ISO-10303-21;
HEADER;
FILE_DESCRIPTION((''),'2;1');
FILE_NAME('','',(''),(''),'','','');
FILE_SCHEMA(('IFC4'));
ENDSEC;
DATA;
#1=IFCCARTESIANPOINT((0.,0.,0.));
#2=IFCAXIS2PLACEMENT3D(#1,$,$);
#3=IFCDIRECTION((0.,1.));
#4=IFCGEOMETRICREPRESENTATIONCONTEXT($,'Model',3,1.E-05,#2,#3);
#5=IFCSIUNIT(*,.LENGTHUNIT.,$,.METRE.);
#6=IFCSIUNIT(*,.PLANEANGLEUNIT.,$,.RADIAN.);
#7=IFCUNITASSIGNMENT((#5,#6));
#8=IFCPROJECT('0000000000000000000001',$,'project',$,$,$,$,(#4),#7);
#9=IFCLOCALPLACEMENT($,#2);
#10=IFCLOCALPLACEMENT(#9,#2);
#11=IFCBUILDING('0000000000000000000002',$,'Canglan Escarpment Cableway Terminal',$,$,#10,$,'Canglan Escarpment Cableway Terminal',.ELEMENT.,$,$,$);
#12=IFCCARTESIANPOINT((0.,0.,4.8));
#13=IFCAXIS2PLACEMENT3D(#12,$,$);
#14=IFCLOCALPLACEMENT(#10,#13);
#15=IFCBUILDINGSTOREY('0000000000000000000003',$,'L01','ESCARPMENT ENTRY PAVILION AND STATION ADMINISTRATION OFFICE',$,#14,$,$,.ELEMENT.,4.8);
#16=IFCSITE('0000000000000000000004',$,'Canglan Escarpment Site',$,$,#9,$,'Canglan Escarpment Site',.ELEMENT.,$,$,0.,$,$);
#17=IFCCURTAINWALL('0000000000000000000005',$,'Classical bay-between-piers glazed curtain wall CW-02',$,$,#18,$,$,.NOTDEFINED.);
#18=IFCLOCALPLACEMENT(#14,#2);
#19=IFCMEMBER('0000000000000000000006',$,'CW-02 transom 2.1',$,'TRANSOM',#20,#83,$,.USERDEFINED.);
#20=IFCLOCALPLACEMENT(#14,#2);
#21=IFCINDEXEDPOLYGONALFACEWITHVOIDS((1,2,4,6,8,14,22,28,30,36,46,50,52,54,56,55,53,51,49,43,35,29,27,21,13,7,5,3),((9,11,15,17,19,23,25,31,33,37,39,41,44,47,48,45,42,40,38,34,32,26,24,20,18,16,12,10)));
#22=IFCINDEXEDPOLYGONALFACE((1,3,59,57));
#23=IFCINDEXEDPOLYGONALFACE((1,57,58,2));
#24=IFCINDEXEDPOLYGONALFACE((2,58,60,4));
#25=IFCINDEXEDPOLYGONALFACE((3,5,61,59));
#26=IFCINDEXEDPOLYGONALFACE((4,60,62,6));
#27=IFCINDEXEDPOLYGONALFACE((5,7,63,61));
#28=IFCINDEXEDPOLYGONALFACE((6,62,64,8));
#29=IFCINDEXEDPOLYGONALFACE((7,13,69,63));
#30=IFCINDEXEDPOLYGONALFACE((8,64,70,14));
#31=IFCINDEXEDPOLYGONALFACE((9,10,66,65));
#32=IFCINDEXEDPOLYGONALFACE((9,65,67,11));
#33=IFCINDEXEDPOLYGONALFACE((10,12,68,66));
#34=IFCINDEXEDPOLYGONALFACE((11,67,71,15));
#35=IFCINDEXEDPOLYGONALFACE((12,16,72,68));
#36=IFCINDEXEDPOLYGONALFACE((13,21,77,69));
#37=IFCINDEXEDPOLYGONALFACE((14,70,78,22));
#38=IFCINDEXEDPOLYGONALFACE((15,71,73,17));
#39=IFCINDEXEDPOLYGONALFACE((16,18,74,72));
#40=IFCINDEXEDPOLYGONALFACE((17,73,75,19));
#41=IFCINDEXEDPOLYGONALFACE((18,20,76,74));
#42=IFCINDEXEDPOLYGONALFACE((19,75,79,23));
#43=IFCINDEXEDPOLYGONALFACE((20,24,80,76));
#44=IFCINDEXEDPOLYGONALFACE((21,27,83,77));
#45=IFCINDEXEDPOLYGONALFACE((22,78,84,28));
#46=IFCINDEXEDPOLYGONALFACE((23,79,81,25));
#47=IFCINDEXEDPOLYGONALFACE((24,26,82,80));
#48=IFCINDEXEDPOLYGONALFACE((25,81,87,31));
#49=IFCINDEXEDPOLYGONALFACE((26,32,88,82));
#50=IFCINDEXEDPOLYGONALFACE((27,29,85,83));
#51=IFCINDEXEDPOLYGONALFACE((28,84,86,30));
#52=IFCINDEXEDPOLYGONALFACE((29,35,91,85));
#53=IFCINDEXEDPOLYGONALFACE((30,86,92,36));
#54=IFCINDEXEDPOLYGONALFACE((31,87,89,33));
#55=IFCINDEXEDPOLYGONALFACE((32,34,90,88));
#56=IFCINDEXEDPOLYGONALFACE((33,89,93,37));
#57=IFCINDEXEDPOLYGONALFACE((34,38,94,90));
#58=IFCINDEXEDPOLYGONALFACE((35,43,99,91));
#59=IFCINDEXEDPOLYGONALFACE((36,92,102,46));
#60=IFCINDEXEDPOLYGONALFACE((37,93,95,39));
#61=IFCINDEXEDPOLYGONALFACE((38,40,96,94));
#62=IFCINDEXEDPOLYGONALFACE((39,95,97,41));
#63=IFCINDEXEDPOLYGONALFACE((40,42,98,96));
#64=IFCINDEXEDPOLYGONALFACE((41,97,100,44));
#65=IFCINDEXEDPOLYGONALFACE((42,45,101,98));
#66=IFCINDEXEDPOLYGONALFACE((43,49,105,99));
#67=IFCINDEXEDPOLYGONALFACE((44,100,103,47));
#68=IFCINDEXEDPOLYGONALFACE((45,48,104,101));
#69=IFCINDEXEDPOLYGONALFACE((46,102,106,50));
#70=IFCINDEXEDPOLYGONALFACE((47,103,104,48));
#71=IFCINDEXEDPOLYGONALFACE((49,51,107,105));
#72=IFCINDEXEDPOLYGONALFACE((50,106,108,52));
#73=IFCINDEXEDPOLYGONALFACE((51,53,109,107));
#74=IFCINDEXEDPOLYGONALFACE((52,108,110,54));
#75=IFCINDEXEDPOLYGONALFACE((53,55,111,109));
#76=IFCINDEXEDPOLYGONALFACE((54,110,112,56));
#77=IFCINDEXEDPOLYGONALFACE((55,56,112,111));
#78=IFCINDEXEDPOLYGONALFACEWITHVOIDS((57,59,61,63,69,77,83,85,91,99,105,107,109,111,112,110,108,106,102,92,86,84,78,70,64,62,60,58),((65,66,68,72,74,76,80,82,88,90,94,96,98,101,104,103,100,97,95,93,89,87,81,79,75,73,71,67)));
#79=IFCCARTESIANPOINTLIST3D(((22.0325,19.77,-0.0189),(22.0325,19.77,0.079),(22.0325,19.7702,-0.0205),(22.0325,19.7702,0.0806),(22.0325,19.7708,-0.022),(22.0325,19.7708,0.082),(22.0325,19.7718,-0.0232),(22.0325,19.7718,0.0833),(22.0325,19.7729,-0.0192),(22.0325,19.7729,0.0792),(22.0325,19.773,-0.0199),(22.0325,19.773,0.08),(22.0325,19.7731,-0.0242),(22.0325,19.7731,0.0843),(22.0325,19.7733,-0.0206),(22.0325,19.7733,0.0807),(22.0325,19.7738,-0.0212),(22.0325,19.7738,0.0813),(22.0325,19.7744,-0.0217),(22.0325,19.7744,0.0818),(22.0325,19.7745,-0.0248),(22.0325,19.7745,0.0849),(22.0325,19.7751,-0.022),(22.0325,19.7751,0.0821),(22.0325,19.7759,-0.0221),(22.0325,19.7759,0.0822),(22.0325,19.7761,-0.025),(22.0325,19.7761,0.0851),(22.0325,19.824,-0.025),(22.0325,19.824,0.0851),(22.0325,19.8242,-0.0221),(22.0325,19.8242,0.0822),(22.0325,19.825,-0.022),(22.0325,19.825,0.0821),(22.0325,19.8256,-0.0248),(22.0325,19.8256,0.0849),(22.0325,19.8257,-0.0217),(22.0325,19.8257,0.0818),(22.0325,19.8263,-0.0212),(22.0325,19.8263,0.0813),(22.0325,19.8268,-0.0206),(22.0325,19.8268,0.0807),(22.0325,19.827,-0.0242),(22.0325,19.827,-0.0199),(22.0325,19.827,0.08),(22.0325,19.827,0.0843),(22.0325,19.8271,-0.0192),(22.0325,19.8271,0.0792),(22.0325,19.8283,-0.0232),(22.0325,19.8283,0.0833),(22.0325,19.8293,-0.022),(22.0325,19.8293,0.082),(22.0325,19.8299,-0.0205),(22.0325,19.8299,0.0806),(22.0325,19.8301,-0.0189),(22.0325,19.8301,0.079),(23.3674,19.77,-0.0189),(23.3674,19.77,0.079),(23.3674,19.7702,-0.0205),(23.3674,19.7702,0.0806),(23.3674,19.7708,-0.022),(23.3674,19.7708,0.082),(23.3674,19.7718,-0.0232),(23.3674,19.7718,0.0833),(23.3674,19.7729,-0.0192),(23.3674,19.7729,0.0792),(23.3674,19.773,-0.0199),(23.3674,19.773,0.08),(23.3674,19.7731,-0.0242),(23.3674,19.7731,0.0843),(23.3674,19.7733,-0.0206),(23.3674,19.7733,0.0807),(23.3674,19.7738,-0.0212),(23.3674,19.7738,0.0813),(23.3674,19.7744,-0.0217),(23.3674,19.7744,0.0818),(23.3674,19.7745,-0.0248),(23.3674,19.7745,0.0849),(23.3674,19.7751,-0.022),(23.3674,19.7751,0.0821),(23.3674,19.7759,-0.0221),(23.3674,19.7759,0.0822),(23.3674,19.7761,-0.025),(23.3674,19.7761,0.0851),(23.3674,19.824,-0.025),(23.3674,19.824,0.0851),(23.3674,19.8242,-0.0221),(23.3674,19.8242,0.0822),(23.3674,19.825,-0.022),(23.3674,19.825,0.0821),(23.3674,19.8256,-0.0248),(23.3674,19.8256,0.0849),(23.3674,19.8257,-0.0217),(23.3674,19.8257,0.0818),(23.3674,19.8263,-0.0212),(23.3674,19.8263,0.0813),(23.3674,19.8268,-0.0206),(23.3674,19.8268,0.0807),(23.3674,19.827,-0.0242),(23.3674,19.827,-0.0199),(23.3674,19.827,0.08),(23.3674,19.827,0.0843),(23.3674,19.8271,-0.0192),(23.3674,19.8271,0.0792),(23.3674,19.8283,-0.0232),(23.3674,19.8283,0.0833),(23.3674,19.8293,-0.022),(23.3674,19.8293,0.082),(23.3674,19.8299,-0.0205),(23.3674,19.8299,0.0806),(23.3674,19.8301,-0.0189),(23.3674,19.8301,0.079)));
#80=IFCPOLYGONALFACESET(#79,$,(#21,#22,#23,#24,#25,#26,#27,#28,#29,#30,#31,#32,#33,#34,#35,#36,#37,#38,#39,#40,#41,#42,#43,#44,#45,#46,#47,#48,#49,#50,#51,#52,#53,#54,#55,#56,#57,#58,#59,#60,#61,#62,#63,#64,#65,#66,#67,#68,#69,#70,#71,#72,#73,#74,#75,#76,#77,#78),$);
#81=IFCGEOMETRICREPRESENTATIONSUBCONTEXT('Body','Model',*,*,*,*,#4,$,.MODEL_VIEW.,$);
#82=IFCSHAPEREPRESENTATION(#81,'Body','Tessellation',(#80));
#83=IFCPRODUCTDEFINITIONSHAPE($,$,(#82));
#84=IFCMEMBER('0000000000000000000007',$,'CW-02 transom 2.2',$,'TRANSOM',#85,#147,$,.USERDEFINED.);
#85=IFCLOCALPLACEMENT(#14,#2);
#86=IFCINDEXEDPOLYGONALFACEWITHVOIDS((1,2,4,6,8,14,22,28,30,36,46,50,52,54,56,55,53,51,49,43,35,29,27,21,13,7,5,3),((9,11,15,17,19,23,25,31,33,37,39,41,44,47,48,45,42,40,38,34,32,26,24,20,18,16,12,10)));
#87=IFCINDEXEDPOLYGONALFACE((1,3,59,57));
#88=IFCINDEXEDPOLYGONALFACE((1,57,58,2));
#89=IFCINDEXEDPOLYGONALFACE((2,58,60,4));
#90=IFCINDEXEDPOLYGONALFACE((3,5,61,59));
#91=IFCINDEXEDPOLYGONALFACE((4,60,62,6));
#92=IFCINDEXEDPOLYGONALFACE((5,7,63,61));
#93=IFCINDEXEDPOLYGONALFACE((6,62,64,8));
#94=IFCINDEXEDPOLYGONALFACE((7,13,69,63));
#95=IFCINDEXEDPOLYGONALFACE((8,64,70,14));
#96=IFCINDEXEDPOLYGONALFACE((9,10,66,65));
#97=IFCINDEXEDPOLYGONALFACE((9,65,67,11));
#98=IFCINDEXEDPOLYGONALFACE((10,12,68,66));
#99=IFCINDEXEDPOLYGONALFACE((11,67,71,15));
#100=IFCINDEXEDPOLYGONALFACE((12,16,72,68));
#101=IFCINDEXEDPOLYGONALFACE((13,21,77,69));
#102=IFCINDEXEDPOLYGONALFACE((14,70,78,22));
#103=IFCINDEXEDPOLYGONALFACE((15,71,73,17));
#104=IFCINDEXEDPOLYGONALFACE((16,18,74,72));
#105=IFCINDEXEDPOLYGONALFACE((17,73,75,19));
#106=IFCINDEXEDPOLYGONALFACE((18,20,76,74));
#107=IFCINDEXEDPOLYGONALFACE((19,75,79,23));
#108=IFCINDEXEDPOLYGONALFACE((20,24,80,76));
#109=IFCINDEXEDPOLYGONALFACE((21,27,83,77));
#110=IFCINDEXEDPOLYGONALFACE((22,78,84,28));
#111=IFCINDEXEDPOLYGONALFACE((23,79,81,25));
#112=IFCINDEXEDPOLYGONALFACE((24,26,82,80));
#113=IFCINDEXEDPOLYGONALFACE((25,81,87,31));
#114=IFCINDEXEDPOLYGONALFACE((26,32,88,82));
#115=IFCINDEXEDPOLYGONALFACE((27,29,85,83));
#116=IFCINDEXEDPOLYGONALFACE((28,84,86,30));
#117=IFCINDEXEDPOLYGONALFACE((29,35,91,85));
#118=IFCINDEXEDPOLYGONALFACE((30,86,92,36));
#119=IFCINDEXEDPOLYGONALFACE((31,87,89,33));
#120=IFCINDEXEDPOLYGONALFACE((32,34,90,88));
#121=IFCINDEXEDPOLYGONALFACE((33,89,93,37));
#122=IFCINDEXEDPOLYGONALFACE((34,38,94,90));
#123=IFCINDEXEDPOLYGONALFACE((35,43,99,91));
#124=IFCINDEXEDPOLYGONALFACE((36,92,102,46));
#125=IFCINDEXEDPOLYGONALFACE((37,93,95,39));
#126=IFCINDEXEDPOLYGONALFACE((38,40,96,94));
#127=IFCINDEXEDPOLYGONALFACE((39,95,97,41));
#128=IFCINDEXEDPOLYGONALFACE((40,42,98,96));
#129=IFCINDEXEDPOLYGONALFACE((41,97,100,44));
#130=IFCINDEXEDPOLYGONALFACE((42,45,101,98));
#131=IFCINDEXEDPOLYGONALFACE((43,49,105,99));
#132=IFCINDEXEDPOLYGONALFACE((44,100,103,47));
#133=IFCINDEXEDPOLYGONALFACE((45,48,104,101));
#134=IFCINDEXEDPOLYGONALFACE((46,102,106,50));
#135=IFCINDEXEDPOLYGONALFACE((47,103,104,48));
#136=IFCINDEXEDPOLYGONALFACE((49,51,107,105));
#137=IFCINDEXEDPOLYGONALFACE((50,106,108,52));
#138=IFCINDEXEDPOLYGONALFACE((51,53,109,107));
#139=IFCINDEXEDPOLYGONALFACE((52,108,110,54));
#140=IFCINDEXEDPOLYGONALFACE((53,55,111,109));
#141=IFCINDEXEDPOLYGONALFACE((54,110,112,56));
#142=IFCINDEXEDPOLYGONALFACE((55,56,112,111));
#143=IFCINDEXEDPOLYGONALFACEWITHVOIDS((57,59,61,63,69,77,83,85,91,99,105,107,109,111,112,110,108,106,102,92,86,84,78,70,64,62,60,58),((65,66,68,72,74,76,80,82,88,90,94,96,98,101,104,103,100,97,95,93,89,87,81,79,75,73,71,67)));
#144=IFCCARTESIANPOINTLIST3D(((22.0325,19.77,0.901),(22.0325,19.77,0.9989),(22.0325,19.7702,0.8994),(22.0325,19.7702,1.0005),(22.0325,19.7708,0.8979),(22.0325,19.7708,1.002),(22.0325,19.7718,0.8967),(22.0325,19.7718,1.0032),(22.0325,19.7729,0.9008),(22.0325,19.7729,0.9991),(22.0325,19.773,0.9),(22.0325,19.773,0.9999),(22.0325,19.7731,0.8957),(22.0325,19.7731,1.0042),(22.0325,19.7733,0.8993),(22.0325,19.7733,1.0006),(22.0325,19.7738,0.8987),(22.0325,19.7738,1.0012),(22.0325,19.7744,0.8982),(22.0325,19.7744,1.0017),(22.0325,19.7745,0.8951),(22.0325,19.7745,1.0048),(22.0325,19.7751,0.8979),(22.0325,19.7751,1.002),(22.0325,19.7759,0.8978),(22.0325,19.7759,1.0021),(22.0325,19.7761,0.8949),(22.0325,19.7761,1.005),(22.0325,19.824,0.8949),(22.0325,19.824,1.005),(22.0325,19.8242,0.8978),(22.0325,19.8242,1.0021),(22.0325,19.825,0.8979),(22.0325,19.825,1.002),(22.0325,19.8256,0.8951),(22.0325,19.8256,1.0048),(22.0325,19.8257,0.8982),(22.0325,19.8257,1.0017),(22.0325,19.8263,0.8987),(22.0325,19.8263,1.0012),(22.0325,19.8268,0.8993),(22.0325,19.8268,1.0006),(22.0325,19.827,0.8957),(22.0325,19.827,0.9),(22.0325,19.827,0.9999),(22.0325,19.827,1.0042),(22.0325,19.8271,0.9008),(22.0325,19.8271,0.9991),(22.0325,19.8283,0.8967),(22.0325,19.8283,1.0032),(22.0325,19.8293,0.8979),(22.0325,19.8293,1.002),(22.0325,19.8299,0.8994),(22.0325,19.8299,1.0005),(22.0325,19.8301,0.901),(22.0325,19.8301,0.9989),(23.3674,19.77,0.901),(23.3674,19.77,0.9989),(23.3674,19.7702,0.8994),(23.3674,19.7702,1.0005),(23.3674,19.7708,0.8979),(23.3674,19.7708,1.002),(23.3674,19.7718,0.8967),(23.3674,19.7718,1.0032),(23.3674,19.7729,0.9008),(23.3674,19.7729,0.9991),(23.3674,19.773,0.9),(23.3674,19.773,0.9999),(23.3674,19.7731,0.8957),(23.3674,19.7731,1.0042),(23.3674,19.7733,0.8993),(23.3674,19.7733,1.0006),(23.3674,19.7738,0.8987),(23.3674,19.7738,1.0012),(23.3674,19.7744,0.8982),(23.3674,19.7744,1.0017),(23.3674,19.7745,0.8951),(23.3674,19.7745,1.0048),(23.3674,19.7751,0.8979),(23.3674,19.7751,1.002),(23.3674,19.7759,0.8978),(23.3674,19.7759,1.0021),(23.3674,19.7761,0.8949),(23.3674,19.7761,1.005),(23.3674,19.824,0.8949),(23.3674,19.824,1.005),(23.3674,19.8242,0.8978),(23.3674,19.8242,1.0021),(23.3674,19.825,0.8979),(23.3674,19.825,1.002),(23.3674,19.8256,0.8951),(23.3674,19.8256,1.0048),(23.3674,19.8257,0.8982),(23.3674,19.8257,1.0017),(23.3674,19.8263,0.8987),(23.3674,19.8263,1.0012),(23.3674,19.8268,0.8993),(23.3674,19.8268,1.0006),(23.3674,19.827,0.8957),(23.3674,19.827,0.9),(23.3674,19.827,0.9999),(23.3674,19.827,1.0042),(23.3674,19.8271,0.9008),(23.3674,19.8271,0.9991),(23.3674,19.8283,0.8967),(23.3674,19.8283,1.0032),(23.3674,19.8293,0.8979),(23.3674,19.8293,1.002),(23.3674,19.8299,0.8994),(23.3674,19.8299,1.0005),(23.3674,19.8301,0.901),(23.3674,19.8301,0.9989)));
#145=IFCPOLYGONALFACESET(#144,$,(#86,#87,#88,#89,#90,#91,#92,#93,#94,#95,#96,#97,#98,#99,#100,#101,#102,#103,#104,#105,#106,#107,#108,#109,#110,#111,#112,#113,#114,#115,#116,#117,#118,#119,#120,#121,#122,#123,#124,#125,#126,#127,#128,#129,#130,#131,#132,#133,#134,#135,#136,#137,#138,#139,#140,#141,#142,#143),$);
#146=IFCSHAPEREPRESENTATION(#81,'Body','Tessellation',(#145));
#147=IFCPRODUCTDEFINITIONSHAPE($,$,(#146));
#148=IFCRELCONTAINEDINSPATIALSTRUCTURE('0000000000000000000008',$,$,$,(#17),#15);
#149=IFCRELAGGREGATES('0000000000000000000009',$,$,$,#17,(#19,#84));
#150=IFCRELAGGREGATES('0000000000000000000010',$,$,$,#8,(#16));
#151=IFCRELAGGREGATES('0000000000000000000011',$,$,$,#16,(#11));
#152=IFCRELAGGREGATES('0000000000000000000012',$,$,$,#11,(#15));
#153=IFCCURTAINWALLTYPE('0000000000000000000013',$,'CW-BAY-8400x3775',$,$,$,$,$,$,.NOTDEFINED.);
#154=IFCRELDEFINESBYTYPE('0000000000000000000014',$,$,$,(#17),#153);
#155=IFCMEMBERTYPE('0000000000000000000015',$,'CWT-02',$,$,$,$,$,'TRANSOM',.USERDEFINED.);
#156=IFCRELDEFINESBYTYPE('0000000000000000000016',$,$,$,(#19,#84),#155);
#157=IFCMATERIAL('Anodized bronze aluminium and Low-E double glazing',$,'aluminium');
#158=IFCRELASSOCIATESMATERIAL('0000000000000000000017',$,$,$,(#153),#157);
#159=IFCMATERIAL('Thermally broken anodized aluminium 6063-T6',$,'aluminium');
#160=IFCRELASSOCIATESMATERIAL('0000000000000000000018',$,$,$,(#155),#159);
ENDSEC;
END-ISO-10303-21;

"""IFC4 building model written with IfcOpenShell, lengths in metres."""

from ifc_helpers import new_model, si_unit, direction, frame, origin, origin_2d, place, context, subcontext, project, spatial, hollow_rectangle, extrude, material, material_profile, profile_set, type_object, element, aggregate, save


model = new_model("IFC4")

# Units and contexts
model_context = context("Model", 3, precision=1e-05, world=origin(), true_north=direction((0.0, 1.0)))
body_context = subcontext(model_context, "Body", "Model", "MODEL_VIEW")
ifc_project = project(units=[si_unit("LENGTHUNIT", "METRE"), si_unit("PLANEANGLEUNIT", "RADIAN")], contexts=[model_context])

# Site, building, storey
site_placement = place(None, origin())
site = spatial("IfcSite", under=ifc_project, at=site_placement, Name="Canglan Escarpment Site", LongName="Canglan Escarpment Site", CompositionType="ELEMENT", RefElevation=0.0)
building_placement = place(site_placement, origin())
building = spatial("IfcBuilding", under=site, at=building_placement, Name="Canglan Escarpment Cableway Terminal", LongName="Canglan Escarpment Cableway Terminal", CompositionType="ELEMENT")
storey_placement = place(building_placement, frame((0.0, 0.0, 4.8)))
storey = spatial("IfcBuildingStorey", under=building, at=storey_placement, Name="L01", Description="ESCARPMENT ENTRY PAVILION AND STATION ADMINISTRATION OFFICE", CompositionType="ELEMENT", Elevation=4.8)

# Curtain wall, members
ifc_material_1 = material(Name="Anodized bronze aluminium and Low-E double glazing", Category="aluminium")
curtain_wall_type = type_object("IfcCurtainWallType", Name="CW-BAY-8400x3775", PredefinedType="NOTDEFINED", material=ifc_material_1)
curtain_wall_placement = place(storey_placement, origin())
curtain_wall = element("IfcCurtainWall", 1, at=curtain_wall_placement, inside=storey, type_object=curtain_wall_type, Name="Classical bay-between-piers glazed curtain wall CW-02", PredefinedType="NOTDEFINED")
ifc_material_2 = material(Name="Thermally broken anodized aluminium 6063-T6", Category="aluminium")
ifc_material_profile_1 = material_profile(ifc_material_2, hollow_rectangle(XDim=0.0601, YDim=0.1101, WallThickness=0.0029, InnerFilletRadius=0.0029, OuterFilletRadius=0.0061, at=origin_2d()), Name="ALU-TRAN 60x110x3")
ifc_profile_set_1 = profile_set([ifc_material_profile_1], Name="Thermally broken anodized aluminium 6063-T6")
member_type_1 = type_object("IfcMemberType", Name="CWT-02", ElementType="TRANSOM", PredefinedType="USERDEFINED", material=ifc_profile_set_1)
member_1_placement = place(storey_placement, frame((23.3674, 19.8, 0.03), z_axis=(-1.0, 0.0, 0.0), x_axis=(0.0, -1.0, 0.0)))
member_1 = element("IfcMember", 2, at=member_1_placement, type_object=member_type_1, Name="CW-02 transom 2.1", ObjectType="TRANSOM", PredefinedType="USERDEFINED", context=body_context, shape_type="SweptSolid", body=[
    extrude(hollow_rectangle(XDim=0.0601, YDim=0.1101, WallThickness=0.0029, InnerFilletRadius=0.0029, OuterFilletRadius=0.0061, at=origin_2d()), origin(), (0.0, 0.0, 1.0), 1.335),
])
member_2_placement = place(storey_placement, frame((23.3674, 19.8, 0.95), z_axis=(-1.0, 0.0, 0.0), x_axis=(0.0, -1.0, 0.0)))
member_2 = element("IfcMember", 3, at=member_2_placement, type_object=member_type_1, Name="CW-02 transom 2.2", ObjectType="TRANSOM", PredefinedType="USERDEFINED", context=body_context, shape_type="SweptSolid", body=[
    extrude(hollow_rectangle(XDim=0.0601, YDim=0.1101, WallThickness=0.0029, InnerFilletRadius=0.0029, OuterFilletRadius=0.0061, at=origin_2d()), origin(), (0.0, 0.0, 1.0), 1.335),
])

aggregate(curtain_wall, [member_1, member_2])

save(model, "model.ifc")
